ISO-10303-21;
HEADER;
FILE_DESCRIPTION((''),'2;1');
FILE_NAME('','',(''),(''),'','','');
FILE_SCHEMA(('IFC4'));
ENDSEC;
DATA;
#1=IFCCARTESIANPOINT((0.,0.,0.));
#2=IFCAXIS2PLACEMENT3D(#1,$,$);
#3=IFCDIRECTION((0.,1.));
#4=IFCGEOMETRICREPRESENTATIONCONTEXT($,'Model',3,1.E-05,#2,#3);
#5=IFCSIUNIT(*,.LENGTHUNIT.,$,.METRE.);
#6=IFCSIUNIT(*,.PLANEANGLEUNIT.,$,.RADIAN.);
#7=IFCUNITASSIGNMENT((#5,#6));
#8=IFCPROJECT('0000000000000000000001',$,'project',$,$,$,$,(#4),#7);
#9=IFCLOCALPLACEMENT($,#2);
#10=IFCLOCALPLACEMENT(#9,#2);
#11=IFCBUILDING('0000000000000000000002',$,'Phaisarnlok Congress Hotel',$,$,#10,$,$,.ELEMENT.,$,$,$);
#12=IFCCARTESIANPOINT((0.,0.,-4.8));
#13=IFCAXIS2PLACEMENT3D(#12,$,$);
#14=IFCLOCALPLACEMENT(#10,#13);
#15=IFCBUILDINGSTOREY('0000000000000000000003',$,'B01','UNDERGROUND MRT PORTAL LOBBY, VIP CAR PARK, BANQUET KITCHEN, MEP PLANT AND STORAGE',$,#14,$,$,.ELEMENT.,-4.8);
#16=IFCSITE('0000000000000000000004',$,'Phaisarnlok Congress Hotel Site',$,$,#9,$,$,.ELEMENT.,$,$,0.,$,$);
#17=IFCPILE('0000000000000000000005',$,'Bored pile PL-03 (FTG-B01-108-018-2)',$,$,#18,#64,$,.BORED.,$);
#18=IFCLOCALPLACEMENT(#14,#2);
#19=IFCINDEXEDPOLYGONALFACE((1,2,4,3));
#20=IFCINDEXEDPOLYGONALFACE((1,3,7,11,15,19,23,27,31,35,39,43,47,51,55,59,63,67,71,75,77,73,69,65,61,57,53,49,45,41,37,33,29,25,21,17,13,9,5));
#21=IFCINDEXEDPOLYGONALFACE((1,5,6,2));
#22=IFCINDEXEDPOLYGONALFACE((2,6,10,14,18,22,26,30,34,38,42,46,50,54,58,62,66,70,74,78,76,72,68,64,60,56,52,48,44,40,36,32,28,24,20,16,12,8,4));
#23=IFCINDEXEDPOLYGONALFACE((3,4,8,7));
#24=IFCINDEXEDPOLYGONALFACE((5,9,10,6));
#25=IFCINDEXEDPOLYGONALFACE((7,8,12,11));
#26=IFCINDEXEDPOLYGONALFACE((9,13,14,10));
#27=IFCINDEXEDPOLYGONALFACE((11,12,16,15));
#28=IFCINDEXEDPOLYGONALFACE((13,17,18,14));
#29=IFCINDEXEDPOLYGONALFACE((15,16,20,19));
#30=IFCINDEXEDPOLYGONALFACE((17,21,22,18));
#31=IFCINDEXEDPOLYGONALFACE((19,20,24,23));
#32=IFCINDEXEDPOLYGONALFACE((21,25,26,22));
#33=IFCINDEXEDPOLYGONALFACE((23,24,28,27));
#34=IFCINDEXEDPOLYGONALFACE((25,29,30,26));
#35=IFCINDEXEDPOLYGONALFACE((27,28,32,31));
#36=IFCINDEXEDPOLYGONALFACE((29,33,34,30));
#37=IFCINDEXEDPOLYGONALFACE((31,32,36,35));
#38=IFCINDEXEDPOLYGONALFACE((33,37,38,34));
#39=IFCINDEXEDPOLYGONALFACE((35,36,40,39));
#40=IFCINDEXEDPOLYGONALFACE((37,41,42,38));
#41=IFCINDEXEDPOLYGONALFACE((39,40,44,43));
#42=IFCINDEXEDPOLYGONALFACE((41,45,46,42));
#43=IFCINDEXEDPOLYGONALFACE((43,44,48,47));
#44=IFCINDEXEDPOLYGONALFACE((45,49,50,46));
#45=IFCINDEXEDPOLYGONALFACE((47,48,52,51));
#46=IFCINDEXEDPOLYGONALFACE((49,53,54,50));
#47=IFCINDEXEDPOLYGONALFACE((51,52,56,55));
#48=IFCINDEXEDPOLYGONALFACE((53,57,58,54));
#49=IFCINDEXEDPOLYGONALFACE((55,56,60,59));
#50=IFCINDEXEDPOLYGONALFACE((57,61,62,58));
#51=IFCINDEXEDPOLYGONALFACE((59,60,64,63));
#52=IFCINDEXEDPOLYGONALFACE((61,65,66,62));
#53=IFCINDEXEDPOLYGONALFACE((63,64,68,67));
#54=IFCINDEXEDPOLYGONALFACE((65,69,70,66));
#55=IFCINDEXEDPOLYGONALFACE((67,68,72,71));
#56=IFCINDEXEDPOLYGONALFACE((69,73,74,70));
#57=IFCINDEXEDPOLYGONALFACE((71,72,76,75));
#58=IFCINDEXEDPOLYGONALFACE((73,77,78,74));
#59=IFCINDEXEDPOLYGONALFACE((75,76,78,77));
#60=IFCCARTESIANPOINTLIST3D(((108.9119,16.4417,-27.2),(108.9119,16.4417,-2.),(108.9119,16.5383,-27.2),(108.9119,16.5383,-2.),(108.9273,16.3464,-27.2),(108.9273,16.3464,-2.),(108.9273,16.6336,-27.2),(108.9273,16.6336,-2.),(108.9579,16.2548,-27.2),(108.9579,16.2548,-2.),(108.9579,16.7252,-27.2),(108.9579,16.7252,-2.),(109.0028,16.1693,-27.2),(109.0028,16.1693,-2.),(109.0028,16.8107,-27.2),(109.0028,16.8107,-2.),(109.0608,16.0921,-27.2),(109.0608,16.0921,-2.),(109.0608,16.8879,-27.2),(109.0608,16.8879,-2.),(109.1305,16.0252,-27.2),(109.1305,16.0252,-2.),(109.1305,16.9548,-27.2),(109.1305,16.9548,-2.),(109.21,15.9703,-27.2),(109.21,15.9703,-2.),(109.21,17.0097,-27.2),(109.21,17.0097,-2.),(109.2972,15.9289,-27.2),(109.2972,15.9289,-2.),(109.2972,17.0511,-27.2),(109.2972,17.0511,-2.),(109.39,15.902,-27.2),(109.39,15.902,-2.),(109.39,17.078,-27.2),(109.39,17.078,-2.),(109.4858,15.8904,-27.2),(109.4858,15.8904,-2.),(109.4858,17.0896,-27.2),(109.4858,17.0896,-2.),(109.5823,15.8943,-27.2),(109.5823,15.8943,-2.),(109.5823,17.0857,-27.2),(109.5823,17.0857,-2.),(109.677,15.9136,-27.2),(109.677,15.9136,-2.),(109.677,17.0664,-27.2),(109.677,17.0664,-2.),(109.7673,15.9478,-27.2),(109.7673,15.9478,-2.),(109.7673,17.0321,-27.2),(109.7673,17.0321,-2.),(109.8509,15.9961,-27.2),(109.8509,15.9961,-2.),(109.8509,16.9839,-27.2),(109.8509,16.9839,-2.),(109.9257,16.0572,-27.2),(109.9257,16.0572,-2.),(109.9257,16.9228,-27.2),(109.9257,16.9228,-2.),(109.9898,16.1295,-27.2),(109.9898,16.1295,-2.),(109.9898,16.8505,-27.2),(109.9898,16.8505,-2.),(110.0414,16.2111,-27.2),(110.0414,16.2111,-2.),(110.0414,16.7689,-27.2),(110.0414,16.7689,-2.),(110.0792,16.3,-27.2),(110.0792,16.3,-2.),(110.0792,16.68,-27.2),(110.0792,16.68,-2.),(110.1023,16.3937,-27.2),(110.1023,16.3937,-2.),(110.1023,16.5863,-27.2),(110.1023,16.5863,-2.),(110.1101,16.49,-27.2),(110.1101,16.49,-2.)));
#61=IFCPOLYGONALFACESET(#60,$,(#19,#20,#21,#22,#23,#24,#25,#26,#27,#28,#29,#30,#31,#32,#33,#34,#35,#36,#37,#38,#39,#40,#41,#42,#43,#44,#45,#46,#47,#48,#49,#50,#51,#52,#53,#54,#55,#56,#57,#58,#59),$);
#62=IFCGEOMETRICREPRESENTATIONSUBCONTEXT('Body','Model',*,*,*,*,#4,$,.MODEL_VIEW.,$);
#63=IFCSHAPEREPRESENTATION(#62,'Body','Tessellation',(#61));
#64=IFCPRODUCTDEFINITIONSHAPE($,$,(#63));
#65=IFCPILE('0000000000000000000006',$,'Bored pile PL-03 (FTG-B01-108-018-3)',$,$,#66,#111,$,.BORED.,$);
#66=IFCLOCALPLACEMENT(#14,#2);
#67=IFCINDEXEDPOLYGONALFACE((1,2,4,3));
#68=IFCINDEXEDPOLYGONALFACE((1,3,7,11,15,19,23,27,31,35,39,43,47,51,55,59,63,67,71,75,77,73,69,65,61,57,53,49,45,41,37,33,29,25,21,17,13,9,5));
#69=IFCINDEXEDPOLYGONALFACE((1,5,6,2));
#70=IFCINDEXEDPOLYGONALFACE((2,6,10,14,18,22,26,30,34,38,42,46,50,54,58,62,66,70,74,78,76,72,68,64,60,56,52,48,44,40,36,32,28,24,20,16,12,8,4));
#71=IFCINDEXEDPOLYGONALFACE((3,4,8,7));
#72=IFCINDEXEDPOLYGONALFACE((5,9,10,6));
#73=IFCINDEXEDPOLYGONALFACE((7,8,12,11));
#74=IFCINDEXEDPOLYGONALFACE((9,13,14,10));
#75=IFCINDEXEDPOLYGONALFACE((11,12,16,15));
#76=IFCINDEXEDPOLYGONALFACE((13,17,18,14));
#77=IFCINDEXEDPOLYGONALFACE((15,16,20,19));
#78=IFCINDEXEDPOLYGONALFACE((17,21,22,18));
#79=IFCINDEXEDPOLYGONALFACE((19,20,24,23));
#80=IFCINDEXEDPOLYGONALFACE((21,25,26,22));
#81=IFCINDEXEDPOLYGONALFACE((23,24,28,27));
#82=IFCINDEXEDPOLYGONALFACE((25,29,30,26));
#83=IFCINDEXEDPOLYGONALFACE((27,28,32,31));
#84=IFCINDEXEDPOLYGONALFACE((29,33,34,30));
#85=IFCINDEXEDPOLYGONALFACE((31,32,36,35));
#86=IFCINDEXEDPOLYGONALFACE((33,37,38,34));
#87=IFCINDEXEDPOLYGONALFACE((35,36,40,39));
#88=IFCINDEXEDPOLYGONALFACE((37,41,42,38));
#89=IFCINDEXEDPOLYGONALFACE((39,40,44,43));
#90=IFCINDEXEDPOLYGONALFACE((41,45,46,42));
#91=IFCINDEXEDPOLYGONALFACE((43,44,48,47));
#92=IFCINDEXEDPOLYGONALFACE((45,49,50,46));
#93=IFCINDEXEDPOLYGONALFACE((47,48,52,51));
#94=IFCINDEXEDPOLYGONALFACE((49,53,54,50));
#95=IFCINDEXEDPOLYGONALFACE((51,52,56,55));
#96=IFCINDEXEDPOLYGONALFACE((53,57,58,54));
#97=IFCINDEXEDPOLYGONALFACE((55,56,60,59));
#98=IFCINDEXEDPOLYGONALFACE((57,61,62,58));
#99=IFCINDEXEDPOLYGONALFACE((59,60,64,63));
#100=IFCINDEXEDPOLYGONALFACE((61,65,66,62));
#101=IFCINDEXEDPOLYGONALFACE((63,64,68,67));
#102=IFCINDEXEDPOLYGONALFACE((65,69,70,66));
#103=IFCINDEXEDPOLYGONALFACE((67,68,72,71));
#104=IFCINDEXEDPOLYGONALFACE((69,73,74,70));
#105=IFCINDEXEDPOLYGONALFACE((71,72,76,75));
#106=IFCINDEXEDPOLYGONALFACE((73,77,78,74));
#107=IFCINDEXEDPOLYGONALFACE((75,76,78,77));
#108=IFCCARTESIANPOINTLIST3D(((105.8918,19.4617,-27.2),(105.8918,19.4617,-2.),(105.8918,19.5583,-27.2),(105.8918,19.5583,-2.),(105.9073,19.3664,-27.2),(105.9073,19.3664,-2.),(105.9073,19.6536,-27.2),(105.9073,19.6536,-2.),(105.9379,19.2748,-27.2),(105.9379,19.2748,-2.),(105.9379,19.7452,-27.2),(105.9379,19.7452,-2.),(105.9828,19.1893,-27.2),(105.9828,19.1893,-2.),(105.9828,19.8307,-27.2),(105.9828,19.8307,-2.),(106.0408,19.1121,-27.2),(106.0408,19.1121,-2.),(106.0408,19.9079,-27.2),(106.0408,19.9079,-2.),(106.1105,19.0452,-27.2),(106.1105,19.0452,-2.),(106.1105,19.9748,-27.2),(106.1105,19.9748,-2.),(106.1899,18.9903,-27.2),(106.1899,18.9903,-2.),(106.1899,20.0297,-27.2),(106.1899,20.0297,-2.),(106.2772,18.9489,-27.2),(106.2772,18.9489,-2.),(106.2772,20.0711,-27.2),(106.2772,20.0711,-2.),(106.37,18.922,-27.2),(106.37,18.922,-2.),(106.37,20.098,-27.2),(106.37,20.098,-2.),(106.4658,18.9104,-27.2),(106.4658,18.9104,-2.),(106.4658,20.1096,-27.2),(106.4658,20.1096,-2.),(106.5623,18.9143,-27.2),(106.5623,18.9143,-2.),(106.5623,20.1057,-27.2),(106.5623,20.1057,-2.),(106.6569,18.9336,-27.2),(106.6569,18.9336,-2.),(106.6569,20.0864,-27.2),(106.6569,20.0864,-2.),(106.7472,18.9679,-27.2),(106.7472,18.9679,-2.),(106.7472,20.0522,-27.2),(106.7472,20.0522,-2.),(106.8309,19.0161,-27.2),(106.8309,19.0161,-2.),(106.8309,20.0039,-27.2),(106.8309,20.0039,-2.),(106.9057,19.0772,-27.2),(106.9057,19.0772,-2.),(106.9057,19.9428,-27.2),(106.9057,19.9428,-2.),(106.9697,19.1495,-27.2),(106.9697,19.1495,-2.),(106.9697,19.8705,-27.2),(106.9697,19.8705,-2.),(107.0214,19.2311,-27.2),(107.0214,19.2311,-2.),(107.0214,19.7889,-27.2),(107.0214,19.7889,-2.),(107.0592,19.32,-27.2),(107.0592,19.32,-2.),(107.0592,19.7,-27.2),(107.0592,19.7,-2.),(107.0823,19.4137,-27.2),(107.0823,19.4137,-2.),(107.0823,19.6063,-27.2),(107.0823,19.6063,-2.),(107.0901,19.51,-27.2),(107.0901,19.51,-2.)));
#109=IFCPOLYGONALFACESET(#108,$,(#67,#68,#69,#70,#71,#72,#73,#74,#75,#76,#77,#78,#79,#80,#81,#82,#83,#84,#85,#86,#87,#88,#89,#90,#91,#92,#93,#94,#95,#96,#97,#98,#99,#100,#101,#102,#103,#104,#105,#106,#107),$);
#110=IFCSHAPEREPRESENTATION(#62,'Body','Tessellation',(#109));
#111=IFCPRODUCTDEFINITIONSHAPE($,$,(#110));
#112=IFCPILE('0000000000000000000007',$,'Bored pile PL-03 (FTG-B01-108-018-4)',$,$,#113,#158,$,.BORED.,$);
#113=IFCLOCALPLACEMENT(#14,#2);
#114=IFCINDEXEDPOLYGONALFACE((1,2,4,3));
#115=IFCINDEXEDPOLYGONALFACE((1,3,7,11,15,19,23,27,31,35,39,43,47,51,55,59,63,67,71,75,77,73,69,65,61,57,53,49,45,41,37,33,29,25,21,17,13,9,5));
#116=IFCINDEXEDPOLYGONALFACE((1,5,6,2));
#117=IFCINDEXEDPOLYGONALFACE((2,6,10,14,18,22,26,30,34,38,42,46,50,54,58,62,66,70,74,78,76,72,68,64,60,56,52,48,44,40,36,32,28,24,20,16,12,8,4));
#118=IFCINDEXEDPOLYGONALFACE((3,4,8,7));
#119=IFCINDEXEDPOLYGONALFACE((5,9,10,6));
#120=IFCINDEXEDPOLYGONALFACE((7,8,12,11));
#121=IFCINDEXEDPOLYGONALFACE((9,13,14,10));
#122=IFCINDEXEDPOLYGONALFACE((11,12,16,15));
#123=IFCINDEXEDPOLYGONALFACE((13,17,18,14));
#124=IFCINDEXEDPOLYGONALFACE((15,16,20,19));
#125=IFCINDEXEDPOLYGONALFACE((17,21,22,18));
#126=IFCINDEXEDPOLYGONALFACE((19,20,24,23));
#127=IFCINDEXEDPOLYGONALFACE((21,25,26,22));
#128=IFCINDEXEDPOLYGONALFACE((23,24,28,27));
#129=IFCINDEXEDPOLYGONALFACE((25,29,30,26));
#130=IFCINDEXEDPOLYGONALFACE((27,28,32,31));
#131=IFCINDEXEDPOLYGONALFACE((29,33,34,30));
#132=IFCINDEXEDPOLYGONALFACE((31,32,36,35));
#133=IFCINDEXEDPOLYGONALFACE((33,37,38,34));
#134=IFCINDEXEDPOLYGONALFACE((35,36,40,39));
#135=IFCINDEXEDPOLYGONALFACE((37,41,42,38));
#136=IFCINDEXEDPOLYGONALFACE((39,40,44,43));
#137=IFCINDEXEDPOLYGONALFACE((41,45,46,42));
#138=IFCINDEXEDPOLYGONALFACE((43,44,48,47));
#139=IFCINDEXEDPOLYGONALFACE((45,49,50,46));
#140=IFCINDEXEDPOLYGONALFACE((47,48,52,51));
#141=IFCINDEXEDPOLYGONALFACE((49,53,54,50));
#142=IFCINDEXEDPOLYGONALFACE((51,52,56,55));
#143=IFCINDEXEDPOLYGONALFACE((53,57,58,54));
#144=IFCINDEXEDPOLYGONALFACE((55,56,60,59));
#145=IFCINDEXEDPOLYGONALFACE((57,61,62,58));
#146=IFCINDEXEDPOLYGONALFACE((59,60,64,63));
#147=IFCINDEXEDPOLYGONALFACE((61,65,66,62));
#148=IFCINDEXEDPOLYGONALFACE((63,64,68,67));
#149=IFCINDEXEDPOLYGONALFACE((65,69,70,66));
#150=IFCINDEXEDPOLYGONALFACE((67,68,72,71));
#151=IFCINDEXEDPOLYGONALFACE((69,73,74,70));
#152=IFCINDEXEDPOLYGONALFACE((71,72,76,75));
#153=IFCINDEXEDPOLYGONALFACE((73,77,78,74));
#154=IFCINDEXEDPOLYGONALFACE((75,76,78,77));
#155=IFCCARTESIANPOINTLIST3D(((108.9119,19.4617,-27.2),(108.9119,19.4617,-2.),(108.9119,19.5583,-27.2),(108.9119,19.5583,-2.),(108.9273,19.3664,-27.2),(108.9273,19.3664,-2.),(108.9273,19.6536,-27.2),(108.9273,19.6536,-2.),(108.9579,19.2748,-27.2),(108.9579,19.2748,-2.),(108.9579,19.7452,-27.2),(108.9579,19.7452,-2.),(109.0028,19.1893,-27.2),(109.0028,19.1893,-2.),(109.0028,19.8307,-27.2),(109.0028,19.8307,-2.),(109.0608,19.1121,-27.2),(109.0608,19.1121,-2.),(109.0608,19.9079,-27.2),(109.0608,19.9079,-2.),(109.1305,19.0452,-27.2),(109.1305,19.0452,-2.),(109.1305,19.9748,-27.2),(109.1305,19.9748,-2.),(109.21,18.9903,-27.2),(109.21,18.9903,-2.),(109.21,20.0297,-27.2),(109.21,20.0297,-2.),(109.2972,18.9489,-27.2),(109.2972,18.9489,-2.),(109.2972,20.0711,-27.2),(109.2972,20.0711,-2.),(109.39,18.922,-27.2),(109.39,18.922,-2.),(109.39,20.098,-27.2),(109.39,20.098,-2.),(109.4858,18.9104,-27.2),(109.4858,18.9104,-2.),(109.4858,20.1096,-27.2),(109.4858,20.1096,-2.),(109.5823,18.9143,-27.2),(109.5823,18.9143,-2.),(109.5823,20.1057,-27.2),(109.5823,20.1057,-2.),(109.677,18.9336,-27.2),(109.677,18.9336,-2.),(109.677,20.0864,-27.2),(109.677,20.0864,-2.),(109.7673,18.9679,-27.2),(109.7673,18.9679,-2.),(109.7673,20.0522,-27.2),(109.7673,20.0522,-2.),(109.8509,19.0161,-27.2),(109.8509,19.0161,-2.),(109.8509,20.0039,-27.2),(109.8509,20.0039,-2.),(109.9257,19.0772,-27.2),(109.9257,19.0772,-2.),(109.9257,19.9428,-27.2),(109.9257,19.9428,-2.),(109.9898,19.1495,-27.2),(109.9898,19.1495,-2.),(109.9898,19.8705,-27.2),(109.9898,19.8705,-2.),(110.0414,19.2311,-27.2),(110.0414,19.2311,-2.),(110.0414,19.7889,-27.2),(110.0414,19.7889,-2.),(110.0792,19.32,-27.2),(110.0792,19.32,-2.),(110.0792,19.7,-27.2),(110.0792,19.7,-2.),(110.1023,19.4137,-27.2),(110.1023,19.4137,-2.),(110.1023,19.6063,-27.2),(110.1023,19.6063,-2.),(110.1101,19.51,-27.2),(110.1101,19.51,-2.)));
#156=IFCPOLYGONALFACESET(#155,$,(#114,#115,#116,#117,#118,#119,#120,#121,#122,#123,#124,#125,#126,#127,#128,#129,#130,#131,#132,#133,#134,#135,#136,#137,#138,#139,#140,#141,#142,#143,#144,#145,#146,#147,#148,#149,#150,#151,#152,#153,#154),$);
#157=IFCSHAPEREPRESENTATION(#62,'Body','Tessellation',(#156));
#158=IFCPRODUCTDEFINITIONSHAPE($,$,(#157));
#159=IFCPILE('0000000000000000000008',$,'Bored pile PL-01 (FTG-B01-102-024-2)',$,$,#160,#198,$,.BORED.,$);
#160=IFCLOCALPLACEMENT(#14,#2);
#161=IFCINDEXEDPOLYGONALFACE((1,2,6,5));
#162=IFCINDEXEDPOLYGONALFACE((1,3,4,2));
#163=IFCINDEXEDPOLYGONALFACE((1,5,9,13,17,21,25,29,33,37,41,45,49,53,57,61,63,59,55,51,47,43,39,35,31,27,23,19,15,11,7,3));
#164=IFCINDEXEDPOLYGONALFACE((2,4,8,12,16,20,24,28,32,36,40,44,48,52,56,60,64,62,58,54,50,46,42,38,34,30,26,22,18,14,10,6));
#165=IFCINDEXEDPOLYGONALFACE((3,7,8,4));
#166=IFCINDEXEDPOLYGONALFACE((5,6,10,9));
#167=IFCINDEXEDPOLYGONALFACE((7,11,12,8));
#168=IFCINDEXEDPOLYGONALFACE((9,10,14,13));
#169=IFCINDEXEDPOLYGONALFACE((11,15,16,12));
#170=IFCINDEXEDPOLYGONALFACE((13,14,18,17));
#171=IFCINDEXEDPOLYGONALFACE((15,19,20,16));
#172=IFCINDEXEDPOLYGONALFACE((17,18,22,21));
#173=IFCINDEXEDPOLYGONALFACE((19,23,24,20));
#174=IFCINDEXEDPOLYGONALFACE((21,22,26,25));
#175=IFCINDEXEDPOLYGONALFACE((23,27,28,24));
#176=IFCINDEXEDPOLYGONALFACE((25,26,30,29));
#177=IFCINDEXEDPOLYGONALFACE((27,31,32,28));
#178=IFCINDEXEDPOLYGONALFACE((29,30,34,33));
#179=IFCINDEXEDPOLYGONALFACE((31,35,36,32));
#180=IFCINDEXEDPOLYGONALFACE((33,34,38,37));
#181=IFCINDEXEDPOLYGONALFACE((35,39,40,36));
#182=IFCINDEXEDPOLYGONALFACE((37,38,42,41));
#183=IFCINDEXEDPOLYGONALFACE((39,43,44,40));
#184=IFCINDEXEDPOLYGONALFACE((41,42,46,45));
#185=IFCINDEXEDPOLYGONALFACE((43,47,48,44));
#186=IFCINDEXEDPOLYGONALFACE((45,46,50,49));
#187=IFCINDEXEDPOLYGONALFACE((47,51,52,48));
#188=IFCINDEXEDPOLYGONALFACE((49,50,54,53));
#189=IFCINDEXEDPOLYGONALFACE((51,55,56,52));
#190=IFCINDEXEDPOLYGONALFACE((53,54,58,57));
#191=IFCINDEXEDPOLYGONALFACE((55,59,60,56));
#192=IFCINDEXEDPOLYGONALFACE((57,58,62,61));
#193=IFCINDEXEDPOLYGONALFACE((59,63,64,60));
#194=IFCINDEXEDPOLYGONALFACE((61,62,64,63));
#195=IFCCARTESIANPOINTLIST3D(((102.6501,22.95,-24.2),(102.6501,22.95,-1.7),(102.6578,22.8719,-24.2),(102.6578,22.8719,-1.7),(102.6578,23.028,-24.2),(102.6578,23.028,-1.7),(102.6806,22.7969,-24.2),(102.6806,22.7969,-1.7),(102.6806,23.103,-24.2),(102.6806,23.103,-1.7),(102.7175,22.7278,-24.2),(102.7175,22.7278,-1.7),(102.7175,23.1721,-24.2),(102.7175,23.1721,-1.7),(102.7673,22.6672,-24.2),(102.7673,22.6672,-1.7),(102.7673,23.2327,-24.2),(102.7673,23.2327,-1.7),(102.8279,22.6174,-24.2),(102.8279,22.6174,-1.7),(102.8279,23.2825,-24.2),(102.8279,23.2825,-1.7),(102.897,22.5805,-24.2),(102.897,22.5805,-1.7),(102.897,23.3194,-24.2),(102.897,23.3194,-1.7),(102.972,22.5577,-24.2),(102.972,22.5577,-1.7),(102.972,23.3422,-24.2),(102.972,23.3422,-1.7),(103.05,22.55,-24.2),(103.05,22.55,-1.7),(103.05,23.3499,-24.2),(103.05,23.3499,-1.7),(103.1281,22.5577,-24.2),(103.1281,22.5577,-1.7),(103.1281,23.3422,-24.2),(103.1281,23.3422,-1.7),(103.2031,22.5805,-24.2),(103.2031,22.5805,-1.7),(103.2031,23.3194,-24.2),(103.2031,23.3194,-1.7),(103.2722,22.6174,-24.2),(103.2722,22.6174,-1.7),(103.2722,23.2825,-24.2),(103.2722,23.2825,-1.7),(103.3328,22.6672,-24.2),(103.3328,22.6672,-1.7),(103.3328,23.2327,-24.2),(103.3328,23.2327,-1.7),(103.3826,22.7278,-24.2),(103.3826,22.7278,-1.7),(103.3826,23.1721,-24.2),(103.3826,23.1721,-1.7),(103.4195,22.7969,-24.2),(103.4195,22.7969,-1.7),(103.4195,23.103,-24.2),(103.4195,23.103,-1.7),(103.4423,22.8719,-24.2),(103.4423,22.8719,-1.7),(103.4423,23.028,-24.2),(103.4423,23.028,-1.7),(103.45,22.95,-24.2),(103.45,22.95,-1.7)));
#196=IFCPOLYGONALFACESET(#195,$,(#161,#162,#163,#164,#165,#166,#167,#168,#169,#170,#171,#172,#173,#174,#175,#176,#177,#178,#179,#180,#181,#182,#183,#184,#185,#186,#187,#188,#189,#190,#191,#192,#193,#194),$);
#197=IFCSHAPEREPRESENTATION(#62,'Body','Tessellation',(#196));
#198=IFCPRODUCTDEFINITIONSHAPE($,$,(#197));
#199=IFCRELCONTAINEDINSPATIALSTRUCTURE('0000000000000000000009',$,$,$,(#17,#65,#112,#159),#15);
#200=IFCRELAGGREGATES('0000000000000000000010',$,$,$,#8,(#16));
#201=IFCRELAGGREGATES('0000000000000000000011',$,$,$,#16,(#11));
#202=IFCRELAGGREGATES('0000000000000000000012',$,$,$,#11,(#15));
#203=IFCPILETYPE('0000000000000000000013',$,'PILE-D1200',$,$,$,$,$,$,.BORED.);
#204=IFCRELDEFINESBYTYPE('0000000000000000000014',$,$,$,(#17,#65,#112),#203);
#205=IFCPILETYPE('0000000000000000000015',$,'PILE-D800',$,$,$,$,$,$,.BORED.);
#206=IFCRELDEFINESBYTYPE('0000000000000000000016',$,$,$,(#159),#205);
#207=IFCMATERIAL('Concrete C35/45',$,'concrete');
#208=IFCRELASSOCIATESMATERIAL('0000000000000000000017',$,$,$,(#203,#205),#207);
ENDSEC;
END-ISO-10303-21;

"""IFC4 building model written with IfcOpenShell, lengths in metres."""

from ifc_helpers import new_model, si_unit, direction, frame, origin, origin_2d, place, context, subcontext, project, spatial, circle, extrude, material, material_profile, profile_set, type_object, element, save


model = new_model("IFC4")

# Units and contexts
model_context = context("Model", 3, precision=1e-05, world=origin(), true_north=direction((0.0, 1.0)))
body_context = subcontext(model_context, "Body", "Model", "MODEL_VIEW")
ifc_project = project(units=[si_unit("LENGTHUNIT", "METRE"), si_unit("PLANEANGLEUNIT", "RADIAN")], contexts=[model_context])

# Site, building, storey
site_placement = place(None, origin())
site = spatial("IfcSite", under=ifc_project, at=site_placement, Name="Phaisarnlok Congress Hotel Site", CompositionType="ELEMENT", RefElevation=0.0)
building_placement = place(site_placement, origin())
building = spatial("IfcBuilding", under=site, at=building_placement, Name="Phaisarnlok Congress Hotel", CompositionType="ELEMENT")
storey_placement = place(building_placement, frame((0.0, 0.0, -4.8)))
storey = spatial("IfcBuildingStorey", under=building, at=storey_placement, Name="B01", Description="UNDERGROUND MRT PORTAL LOBBY, VIP CAR PARK, BANQUET KITCHEN, MEP PLANT AND STORAGE", CompositionType="ELEMENT", Elevation=-4.8)

# Piles
ifc_material_1 = material(Name="Concrete C35/45", Category="concrete")
ifc_material_profile_1 = material_profile(ifc_material_1, circle(Radius=0.6001, at=origin_2d()), Name="BORED PILE D1200")
ifc_profile_set_1 = profile_set([ifc_material_profile_1], Name="Concrete C35/45")
pile_type_1 = type_object("IfcPileType", Name="PILE-D1200", PredefinedType="BORED", material=ifc_profile_set_1)
for number, where, z_axis, x_axis, name in (
    (1, (109.51, 16.49, -2.0), (0.0, 0.0, -1.0), (1.0, 0.0, 0.0), "Bored pile PL-03 (FTG-B01-108-018-2)"),
    (2, (106.49, 19.51, -2.0), (0.0, 0.0, -1.0), (1.0, 0.0, 0.0), "Bored pile PL-03 (FTG-B01-108-018-3)"),
    (3, (109.51, 19.51, -2.0), (0.0, 0.0, -1.0), (1.0, 0.0, 0.0), "Bored pile PL-03 (FTG-B01-108-018-4)"),
):
    element("IfcPile", number, at=place(storey_placement, frame(where, z_axis=z_axis, x_axis=x_axis)), inside=storey, type_object=pile_type_1, Name=name, PredefinedType="BORED", context=body_context, shape_type="SweptSolid", body=[
        extrude(circle(Radius=0.6001, at=origin_2d()), origin(), (0.0, 0.0, 1.0), 25.2),
    ])
ifc_material_profile_2 = material_profile(ifc_material_1, circle(Radius=0.3999, at=origin_2d()), Name="BORED PILE D800")
ifc_profile_set_2 = profile_set([ifc_material_profile_2], Name="Concrete C35/45")
pile_type_2 = type_object("IfcPileType", Name="PILE-D800", PredefinedType="BORED", material=ifc_profile_set_2)
pile_1_placement = place(storey_placement, frame((103.05, 22.95, -1.7), z_axis=(0.0, 0.0, -1.0), x_axis=(1.0, 0.0, 0.0)))
element("IfcPile", 4, at=pile_1_placement, inside=storey, type_object=pile_type_2, Name="Bored pile PL-01 (FTG-B01-102-024-2)", PredefinedType="BORED", context=body_context, shape_type="SweptSolid", body=[
    extrude(circle(Radius=0.3999, at=origin_2d()), origin(), (0.0, 0.0, 1.0), 22.5),
])

save(model, "model.ifc")
